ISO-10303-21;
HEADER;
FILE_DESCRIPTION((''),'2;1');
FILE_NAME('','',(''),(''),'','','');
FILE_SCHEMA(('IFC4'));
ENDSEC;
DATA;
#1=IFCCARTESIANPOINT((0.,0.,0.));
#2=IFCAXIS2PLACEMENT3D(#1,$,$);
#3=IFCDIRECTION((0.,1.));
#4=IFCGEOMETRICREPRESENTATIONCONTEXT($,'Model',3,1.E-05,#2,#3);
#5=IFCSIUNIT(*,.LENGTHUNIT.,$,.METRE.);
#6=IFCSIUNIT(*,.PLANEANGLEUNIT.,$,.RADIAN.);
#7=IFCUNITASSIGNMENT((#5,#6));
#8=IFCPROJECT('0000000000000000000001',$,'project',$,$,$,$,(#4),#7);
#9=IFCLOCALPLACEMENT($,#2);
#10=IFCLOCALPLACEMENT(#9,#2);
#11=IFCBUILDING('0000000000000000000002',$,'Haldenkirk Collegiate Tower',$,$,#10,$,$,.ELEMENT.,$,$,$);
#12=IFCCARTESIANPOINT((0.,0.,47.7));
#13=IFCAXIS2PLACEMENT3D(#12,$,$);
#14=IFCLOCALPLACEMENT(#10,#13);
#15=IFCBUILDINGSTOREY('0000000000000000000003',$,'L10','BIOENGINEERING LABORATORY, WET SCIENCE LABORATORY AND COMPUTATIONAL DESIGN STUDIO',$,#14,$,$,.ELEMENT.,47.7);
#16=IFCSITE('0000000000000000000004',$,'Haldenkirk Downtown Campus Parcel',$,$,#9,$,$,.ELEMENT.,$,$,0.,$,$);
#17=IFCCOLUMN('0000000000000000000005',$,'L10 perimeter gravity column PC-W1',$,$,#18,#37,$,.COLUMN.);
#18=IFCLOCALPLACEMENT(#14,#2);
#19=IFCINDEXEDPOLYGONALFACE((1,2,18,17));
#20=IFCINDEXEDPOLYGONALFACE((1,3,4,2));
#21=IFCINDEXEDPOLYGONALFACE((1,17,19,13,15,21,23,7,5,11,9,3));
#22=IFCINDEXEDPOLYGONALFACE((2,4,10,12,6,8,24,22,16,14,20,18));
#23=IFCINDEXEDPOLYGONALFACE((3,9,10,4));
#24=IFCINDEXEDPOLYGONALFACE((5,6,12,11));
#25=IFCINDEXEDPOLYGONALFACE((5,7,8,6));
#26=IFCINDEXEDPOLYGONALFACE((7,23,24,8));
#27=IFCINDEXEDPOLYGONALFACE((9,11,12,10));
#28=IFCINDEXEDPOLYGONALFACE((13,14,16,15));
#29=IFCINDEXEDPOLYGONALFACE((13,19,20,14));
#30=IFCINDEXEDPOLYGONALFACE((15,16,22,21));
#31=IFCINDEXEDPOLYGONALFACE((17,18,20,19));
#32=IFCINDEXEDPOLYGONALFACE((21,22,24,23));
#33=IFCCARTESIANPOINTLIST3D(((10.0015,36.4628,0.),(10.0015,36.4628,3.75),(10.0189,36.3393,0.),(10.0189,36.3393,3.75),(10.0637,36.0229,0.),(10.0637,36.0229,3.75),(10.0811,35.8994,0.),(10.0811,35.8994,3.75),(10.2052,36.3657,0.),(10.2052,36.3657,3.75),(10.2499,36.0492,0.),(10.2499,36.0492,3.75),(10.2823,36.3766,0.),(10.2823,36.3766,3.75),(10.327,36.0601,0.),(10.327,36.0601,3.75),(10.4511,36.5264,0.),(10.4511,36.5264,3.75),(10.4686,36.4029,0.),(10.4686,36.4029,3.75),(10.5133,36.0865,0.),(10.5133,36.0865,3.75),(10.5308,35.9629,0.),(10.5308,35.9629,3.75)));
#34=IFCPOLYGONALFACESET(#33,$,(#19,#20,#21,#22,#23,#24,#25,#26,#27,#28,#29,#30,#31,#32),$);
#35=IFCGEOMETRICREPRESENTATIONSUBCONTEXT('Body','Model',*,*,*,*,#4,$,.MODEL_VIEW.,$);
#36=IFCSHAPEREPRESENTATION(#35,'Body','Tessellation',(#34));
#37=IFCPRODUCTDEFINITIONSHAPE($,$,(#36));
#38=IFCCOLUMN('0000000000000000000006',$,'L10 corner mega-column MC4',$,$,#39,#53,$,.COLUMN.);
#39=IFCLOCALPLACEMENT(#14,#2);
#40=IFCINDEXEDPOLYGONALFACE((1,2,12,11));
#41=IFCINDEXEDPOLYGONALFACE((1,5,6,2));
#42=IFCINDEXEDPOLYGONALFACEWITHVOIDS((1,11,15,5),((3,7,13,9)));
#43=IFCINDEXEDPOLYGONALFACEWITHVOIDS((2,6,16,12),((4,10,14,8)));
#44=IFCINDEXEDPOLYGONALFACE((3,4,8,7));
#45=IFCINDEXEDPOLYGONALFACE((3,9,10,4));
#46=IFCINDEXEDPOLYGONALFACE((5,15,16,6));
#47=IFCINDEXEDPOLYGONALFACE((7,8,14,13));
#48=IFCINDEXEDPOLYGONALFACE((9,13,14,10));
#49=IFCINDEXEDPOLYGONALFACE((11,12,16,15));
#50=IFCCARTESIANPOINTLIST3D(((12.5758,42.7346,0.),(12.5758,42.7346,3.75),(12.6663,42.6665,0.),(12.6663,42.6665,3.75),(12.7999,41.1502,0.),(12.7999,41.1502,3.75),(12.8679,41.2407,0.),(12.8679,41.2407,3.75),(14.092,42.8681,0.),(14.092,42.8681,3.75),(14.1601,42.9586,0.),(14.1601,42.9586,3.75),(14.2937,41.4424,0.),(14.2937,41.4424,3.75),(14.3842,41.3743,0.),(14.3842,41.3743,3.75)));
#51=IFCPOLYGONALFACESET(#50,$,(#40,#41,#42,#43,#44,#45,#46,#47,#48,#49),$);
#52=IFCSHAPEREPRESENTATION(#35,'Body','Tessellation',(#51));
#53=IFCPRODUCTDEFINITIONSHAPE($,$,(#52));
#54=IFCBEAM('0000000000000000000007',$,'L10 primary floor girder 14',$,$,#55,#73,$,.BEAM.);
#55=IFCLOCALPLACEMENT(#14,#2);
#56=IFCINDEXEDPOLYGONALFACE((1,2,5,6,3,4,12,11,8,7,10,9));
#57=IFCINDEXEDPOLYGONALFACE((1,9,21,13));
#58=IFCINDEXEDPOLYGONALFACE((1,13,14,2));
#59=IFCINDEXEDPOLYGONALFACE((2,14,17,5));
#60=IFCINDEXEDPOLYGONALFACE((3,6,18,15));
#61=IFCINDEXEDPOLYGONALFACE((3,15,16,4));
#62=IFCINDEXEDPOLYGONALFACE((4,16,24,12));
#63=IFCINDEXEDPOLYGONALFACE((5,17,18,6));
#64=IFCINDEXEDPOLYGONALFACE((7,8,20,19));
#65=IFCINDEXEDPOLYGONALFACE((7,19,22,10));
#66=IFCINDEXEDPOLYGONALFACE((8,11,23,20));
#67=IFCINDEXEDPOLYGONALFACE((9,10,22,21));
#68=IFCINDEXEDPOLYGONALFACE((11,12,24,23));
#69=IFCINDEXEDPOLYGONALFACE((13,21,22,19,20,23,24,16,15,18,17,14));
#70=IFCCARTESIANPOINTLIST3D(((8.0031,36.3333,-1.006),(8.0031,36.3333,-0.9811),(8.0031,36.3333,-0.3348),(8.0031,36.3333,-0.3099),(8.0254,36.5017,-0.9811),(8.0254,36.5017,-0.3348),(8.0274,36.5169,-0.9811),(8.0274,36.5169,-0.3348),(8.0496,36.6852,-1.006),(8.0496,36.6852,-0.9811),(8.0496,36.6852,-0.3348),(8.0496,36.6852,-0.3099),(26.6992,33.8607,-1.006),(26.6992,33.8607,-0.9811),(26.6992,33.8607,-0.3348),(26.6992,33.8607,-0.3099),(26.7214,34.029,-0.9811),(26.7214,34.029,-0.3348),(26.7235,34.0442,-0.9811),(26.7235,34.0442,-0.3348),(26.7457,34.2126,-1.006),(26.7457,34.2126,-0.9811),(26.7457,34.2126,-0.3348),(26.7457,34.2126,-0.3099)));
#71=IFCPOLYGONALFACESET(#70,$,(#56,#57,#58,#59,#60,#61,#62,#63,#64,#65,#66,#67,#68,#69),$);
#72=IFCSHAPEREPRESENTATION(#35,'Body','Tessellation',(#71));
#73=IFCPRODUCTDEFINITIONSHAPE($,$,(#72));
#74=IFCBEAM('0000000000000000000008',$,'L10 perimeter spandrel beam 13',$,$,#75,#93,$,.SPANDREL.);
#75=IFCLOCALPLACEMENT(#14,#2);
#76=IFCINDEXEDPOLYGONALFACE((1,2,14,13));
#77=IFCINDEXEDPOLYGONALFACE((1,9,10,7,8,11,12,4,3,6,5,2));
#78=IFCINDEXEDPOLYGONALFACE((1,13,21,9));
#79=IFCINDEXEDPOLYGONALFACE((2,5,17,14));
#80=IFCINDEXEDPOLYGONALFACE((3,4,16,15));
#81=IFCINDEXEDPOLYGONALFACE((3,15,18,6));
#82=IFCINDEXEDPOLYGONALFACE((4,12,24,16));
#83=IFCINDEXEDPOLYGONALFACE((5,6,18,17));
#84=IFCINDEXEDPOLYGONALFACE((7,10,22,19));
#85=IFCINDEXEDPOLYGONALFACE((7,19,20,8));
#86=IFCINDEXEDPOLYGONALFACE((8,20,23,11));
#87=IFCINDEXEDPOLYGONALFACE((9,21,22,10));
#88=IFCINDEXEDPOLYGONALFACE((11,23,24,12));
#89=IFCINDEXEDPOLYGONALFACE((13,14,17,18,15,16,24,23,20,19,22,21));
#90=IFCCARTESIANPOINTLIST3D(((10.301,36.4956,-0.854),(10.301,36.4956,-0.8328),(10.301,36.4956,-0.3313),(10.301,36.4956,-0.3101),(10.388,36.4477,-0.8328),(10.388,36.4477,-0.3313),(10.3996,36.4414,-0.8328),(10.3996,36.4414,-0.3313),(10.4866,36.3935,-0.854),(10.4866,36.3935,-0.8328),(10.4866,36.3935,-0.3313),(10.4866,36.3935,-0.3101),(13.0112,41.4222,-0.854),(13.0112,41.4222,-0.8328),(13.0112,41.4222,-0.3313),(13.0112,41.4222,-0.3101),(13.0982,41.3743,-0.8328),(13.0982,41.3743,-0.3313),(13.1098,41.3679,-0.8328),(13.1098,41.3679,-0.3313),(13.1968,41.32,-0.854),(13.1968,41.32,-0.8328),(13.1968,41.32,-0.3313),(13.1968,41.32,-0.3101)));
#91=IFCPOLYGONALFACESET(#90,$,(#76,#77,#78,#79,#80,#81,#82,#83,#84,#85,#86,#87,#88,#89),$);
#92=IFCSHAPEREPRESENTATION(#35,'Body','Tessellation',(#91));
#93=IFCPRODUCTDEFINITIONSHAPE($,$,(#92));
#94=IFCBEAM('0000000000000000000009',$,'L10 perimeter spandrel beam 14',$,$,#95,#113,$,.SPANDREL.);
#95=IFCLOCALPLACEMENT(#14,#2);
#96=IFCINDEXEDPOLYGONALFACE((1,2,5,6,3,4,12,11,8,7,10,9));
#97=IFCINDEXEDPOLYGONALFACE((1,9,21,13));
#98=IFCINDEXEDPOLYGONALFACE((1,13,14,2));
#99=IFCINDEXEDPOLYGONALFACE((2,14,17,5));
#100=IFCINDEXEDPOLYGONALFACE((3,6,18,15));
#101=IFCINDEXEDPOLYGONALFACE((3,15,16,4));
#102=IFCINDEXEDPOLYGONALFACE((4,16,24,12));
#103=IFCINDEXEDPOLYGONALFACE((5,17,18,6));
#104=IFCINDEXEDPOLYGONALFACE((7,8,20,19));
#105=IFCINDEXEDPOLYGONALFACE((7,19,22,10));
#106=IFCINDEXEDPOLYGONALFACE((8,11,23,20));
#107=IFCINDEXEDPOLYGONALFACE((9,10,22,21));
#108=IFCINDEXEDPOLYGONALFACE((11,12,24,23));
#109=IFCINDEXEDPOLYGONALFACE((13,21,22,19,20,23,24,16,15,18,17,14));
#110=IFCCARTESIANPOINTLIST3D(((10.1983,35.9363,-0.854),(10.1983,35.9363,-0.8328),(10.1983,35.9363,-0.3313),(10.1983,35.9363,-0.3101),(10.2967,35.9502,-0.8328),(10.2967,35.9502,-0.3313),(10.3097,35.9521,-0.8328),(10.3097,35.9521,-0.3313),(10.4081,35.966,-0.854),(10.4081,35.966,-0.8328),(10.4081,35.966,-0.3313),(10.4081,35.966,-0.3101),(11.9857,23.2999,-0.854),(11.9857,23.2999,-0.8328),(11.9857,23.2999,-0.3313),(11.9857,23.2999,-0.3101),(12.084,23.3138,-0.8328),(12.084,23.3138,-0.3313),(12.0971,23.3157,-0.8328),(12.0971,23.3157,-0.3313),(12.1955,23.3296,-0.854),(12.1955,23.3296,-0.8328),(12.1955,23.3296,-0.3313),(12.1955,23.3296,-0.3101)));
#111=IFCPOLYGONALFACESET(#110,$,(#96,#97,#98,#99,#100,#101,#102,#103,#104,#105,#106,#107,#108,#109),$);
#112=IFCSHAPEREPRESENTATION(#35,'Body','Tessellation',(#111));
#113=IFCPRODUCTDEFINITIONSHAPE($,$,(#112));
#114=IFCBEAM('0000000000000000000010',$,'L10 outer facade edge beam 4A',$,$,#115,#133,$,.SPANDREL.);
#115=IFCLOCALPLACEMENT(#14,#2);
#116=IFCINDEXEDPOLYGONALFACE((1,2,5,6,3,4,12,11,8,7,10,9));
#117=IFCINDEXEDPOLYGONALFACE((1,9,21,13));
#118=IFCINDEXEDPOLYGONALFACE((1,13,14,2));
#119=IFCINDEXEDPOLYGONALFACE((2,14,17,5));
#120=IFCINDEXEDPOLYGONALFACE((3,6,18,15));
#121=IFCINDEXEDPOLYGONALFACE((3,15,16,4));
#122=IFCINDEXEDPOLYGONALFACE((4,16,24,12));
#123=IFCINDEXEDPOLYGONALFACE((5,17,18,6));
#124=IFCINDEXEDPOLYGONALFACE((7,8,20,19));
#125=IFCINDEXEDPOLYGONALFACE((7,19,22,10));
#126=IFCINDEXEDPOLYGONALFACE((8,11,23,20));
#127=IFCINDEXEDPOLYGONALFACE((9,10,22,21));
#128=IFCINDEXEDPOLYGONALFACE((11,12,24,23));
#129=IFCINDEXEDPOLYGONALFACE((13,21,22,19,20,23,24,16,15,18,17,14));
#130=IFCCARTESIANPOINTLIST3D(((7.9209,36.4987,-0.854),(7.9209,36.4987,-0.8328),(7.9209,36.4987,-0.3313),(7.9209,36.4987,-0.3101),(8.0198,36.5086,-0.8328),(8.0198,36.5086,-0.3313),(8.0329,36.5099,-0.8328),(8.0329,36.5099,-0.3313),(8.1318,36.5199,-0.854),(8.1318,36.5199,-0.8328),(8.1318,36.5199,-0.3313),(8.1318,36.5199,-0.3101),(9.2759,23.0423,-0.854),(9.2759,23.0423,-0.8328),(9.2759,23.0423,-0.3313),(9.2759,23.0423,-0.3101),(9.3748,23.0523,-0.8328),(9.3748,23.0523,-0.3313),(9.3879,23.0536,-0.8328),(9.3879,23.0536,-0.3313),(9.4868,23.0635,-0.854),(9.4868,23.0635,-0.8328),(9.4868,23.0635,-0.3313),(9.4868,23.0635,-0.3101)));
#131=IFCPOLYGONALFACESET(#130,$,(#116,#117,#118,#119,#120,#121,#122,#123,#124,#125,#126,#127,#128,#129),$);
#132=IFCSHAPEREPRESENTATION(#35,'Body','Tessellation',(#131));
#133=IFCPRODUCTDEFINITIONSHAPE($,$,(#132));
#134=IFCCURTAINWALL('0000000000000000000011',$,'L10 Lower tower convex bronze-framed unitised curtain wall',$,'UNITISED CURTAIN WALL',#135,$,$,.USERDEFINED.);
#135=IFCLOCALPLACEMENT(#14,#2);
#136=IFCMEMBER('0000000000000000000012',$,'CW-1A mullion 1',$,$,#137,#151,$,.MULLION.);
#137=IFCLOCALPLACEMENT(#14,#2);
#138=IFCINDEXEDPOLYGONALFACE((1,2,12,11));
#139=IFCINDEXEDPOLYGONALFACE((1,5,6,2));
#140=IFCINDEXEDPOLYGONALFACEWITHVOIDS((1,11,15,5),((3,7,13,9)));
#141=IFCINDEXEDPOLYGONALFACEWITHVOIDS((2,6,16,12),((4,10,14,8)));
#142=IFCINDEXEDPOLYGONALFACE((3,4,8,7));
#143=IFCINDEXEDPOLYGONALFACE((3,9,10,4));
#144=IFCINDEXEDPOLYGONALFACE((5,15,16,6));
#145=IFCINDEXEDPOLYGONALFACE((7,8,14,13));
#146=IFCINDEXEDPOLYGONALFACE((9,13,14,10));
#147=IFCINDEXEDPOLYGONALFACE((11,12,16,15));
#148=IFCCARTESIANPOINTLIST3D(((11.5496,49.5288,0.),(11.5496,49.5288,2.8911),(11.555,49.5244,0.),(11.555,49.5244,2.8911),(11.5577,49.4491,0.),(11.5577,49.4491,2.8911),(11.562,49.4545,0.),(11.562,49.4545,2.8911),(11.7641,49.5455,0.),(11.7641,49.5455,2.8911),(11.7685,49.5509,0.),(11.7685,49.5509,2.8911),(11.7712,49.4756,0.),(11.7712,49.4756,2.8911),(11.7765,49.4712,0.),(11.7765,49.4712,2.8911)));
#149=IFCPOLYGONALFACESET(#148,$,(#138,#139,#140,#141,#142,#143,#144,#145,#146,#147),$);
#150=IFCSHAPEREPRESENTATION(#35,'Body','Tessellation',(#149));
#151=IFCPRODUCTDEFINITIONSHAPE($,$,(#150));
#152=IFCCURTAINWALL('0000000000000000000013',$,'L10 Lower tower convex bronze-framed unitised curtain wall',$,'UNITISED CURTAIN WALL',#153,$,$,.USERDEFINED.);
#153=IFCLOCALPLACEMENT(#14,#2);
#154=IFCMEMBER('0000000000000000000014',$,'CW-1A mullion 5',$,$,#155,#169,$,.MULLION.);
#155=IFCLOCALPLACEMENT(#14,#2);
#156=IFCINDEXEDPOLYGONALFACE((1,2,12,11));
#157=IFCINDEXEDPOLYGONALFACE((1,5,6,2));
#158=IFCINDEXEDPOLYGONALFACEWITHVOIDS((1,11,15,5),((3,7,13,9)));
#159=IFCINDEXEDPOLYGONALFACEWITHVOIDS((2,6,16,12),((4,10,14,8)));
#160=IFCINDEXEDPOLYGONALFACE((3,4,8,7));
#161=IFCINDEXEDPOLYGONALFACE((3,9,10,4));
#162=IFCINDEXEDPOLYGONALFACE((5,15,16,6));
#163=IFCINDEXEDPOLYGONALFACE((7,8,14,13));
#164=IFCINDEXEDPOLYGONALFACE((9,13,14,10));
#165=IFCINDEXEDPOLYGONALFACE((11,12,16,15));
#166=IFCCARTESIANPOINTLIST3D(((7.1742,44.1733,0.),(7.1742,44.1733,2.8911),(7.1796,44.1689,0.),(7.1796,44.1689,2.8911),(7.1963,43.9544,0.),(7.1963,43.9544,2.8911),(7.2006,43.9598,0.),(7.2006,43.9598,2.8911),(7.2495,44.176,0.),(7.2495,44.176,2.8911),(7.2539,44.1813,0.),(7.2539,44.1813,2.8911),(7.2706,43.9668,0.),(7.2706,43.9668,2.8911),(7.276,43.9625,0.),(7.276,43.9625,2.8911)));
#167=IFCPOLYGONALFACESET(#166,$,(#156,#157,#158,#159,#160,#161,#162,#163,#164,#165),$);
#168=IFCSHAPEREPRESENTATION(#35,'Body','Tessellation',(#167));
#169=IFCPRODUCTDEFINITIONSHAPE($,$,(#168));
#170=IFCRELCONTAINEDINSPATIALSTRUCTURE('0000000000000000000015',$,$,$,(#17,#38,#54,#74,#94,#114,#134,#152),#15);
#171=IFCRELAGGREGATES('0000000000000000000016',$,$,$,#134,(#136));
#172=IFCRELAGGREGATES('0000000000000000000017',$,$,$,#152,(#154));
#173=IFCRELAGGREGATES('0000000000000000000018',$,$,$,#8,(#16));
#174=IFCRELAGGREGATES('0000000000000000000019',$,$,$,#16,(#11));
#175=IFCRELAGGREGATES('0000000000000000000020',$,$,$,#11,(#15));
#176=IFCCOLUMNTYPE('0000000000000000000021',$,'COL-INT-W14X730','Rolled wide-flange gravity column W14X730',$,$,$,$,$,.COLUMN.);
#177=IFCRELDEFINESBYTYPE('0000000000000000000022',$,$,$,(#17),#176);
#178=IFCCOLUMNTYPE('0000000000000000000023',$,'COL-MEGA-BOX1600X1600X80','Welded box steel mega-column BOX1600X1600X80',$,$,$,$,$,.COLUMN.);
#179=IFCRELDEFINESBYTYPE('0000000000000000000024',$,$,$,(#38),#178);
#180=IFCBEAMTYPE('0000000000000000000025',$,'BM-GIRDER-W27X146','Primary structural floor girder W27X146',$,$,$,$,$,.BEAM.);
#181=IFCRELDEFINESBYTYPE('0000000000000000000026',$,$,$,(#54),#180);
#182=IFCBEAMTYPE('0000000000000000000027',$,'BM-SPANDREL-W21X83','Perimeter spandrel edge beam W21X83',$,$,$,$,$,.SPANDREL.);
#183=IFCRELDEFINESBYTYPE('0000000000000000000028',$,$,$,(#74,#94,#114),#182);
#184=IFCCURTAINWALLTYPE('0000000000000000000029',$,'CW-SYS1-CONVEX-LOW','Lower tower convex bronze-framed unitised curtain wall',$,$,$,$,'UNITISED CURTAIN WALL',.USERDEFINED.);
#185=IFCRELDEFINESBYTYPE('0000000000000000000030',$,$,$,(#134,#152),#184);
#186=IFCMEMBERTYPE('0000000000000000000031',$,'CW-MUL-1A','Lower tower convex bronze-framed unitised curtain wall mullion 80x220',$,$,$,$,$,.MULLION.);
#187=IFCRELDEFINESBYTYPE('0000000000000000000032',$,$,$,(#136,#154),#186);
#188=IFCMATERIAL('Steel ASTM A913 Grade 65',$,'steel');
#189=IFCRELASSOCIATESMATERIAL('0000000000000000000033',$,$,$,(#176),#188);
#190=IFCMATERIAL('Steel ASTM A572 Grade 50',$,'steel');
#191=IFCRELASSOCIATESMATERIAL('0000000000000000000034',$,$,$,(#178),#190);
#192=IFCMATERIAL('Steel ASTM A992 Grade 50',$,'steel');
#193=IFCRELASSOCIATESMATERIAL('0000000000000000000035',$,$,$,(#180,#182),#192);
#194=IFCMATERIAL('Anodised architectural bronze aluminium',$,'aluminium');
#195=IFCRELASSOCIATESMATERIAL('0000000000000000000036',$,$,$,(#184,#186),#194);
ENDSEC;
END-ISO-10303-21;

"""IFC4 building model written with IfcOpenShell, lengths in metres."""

from ifc_helpers import new_model, si_unit, direction, frame, origin, origin_2d, place, context, subcontext, project, spatial, hollow_rectangle, i_section, extrude, material, material_profile, profile_set, type_object, element, aggregate, save


model = new_model("IFC4")

# Units and contexts
model_context = context("Model", 3, precision=1e-05, world=origin(), true_north=direction((0.0, 1.0)))
body_context = subcontext(model_context, "Body", "Model", "MODEL_VIEW")
ifc_project = project(units=[si_unit("LENGTHUNIT", "METRE"), si_unit("PLANEANGLEUNIT", "RADIAN")], contexts=[model_context])

# Site, building, storey
site_placement = place(None, origin())
site = spatial("IfcSite", under=ifc_project, at=site_placement, Name="Haldenkirk Downtown Campus Parcel", CompositionType="ELEMENT", RefElevation=0.0)
building_placement = place(site_placement, origin())
building = spatial("IfcBuilding", under=site, at=building_placement, Name="Haldenkirk Collegiate Tower", CompositionType="ELEMENT")
storey_placement = place(building_placement, frame((0.0, 0.0, 47.7)))
storey = spatial("IfcBuildingStorey", under=building, at=storey_placement, Name="L10", Description="BIOENGINEERING LABORATORY, WET SCIENCE LABORATORY AND COMPUTATIONAL DESIGN STUDIO", CompositionType="ELEMENT", Elevation=47.7)

# Columns
ifc_material_1 = material(Name="Steel ASTM A913 Grade 65", Category="steel")
ifc_material_profile_1 = material_profile(ifc_material_1, i_section(OverallWidth=0.4541, OverallDepth=0.5691, WebThickness=0.0779, FlangeThickness=0.1248, at=origin_2d()), Name="W14X730")
ifc_profile_set_1 = profile_set([ifc_material_profile_1], Name="Steel ASTM A913 Grade 65")
column_type_1 = type_object("IfcColumnType", Name="COL-INT-W14X730", Description="Rolled wide-flange gravity column W14X730", PredefinedType="COLUMN", material=ifc_profile_set_1)
column_1_placement = place(storey_placement, frame((10.2661, 36.2129, 0.0), z_axis=(0.0, 0.0, 1.0), x_axis=(0.990146, 0.140037, 0.0)))
element("IfcColumn", 1, at=column_1_placement, inside=storey, type_object=column_type_1, Name="L10 perimeter gravity column PC-W1", PredefinedType="COLUMN", context=body_context, shape_type="SweptSolid", body=[
    extrude(i_section(OverallWidth=0.4541, OverallDepth=0.5691, WebThickness=0.0779, FlangeThickness=0.1248, at=origin_2d()), origin(), (0.0, 0.0, 1.0), 3.75),
])
ifc_material_2 = material(Name="Steel ASTM A572 Grade 50", Category="steel")
ifc_material_profile_2 = material_profile(ifc_material_2, hollow_rectangle(XDim=1.6001, YDim=1.6001, WallThickness=0.0801, at=origin_2d()), Name="BOX1600X1600X80")
ifc_profile_set_2 = profile_set([ifc_material_profile_2], Name="Steel ASTM A572 Grade 50")
column_type_2 = type_object("IfcColumnType", Name="COL-MEGA-BOX1600X1600X80", Description="Welded box steel mega-column BOX1600X1600X80", PredefinedType="COLUMN", material=ifc_profile_set_2)
column_2_placement = place(storey_placement, frame((13.48, 42.0544, 0.0), z_axis=(0.0, 0.0, 1.0), x_axis=(0.990146, 0.140037, 0.0)))
element("IfcColumn", 2, at=column_2_placement, inside=storey, type_object=column_type_2, Name="L10 corner mega-column MC4", PredefinedType="COLUMN", context=body_context, shape_type="SweptSolid", body=[
    extrude(hollow_rectangle(XDim=1.6001, YDim=1.6001, WallThickness=0.0801, at=origin_2d()), origin(), (0.0, 0.0, 1.0), 3.75),
])

# Beams
ifc_material_3 = material(Name="Steel ASTM A992 Grade 50", Category="steel")
ifc_material_profile_3 = material_profile(ifc_material_3, i_section(OverallWidth=0.355, OverallDepth=0.696, WebThickness=0.0154, FlangeThickness=0.0249, at=origin_2d()), Name="W27X146")
ifc_profile_set_3 = profile_set([ifc_material_profile_3], Name="Steel ASTM A992 Grade 50")
beam_type_1 = type_object("IfcBeamType", Name="BM-GIRDER-W27X146", Description="Primary structural floor girder W27X146", PredefinedType="BEAM", material=ifc_profile_set_3)
beam_1_placement = place(storey_placement, frame((8.0264, 36.5093, -0.658), z_axis=(0.991367, -0.131114, 0.0), x_axis=(0.131114, 0.991367, 0.0)))
element("IfcBeam", 3, at=beam_1_placement, inside=storey, type_object=beam_type_1, Name="L10 primary floor girder 14", PredefinedType="BEAM", context=body_context, shape_type="SweptSolid", body=[
    extrude(i_section(OverallWidth=0.355, OverallDepth=0.696, WebThickness=0.0154, FlangeThickness=0.0249, at=origin_2d()), origin(), (0.0, 0.0, 1.0), 18.8589),
])
ifc_material_profile_4 = material_profile(ifc_material_3, i_section(OverallWidth=0.2119, OverallDepth=0.5439, WebThickness=0.0132, FlangeThickness=0.0212, at=origin_2d()), Name="W21X83")
ifc_profile_set_4 = profile_set([ifc_material_profile_4], Name="Steel ASTM A992 Grade 50")
beam_type_2 = type_object("IfcBeamType", Name="BM-SPANDREL-W21X83", Description="Perimeter spandrel edge beam W21X83", PredefinedType="SPANDREL", material=ifc_profile_set_4)
beam_2_placement = place(storey_placement, frame((13.104, 41.3711, -0.582), z_axis=(-0.482004, -0.876169, 0.0), x_axis=(0.876169, -0.482004, 0.0)))
element("IfcBeam", 4, at=beam_2_placement, inside=storey, type_object=beam_type_2, Name="L10 perimeter spandrel beam 13", PredefinedType="SPANDREL", context=body_context, shape_type="SweptSolid", body=[
    extrude(i_section(OverallWidth=0.2119, OverallDepth=0.5439, WebThickness=0.0132, FlangeThickness=0.0212, at=origin_2d()), origin(), (0.0, 0.0, 1.0), 5.6228),
])
beam_3_placement = place(storey_placement, frame((10.3032, 35.9512, -0.582), z_axis=(0.14005, -0.990144, 0.0), x_axis=(0.990144, 0.14005, 0.0)))
element("IfcBeam", 5, at=beam_3_placement, inside=storey, type_object=beam_type_2, Name="L10 perimeter spandrel beam 14", PredefinedType="SPANDREL", context=body_context, shape_type="SweptSolid", body=[
    extrude(i_section(OverallWidth=0.2119, OverallDepth=0.5439, WebThickness=0.0132, FlangeThickness=0.0212, at=origin_2d()), origin(), (0.0, 0.0, 1.0), 12.7622),
])
beam_4_placement = place(storey_placement, frame((8.0264, 36.5093, -0.582), z_axis=(0.100188, -0.994969, 0.0), x_axis=(0.994969, 0.100188, 0.0)))
element("IfcBeam", 6, at=beam_4_placement, inside=storey, type_object=beam_type_2, Name="L10 outer facade edge beam 4A", PredefinedType="SPANDREL", context=body_context, shape_type="SweptSolid", body=[
    extrude(i_section(OverallWidth=0.2119, OverallDepth=0.5439, WebThickness=0.0132, FlangeThickness=0.0212, at=origin_2d()), origin(), (0.0, 0.0, 1.0), 13.5244),
])

# Curtain walls, members
ifc_material_4 = material(Name="Anodised architectural bronze aluminium", Category="aluminium")
curtain_wall_type = type_object("IfcCurtainWallType", Name="CW-SYS1-CONVEX-LOW", Description="Lower tower convex bronze-framed unitised curtain wall", ElementType="UNITISED CURTAIN WALL", PredefinedType="USERDEFINED", material=ifc_material_4)
curtain_wall_1_placement = place(storey_placement, origin())
curtain_wall_1 = element("IfcCurtainWall", 7, at=curtain_wall_1_placement, inside=storey, type_object=curtain_wall_type, Name="L10 Lower tower convex bronze-framed unitised curtain wall", ObjectType="UNITISED CURTAIN WALL", PredefinedType="USERDEFINED")
ifc_material_profile_5 = material_profile(ifc_material_4, hollow_rectangle(XDim=0.0801, YDim=0.22, WallThickness=0.0049, at=origin_2d()), Name="CW-MUL-1A")
ifc_profile_set_5 = profile_set([ifc_material_profile_5], Name="Anodised architectural bronze aluminium")
member_type_1 = type_object("IfcMemberType", Name="CW-MUL-1A", Description="Lower tower convex bronze-framed unitised curtain wall mullion 80x220", PredefinedType="MULLION", material=ifc_profile_set_5)
member_1_placement = place(storey_placement, frame((11.6631, 49.5, 0.0), z_axis=(0.0, 0.0, 1.0), x_axis=(-0.100187, 0.994969, 0.0)))
member_1 = element("IfcMember", 8, at=member_1_placement, type_object=member_type_1, Name="CW-1A mullion 1", PredefinedType="MULLION", context=body_context, shape_type="SweptSolid", body=[
    extrude(hollow_rectangle(XDim=0.0801, YDim=0.22, WallThickness=0.0049, at=origin_2d()), origin(), (0.0, 0.0, 1.0), 2.8911),
])
curtain_wall_2_placement = place(storey_placement, origin())
curtain_wall_2 = element("IfcCurtainWall", 9, at=curtain_wall_2_placement, inside=storey, type_object=curtain_wall_type, Name="L10 Lower tower convex bronze-framed unitised curtain wall", ObjectType="UNITISED CURTAIN WALL", PredefinedType="USERDEFINED")
member_2_placement = place(storey_placement, frame((7.2251, 44.0679, 0.0), z_axis=(0.0, 0.0, 1.0), x_axis=(-0.994969, -0.100187, 0.0)))
member_2 = element("IfcMember", 10, at=member_2_placement, type_object=member_type_1, Name="CW-1A mullion 5", PredefinedType="MULLION", context=body_context, shape_type="SweptSolid", body=[
    extrude(hollow_rectangle(XDim=0.0801, YDim=0.22, WallThickness=0.0049, at=origin_2d()), origin(), (0.0, 0.0, 1.0), 2.8911),
])

aggregate(curtain_wall_1, [member_1])

aggregate(curtain_wall_2, [member_2])

save(model, "model.ifc")
